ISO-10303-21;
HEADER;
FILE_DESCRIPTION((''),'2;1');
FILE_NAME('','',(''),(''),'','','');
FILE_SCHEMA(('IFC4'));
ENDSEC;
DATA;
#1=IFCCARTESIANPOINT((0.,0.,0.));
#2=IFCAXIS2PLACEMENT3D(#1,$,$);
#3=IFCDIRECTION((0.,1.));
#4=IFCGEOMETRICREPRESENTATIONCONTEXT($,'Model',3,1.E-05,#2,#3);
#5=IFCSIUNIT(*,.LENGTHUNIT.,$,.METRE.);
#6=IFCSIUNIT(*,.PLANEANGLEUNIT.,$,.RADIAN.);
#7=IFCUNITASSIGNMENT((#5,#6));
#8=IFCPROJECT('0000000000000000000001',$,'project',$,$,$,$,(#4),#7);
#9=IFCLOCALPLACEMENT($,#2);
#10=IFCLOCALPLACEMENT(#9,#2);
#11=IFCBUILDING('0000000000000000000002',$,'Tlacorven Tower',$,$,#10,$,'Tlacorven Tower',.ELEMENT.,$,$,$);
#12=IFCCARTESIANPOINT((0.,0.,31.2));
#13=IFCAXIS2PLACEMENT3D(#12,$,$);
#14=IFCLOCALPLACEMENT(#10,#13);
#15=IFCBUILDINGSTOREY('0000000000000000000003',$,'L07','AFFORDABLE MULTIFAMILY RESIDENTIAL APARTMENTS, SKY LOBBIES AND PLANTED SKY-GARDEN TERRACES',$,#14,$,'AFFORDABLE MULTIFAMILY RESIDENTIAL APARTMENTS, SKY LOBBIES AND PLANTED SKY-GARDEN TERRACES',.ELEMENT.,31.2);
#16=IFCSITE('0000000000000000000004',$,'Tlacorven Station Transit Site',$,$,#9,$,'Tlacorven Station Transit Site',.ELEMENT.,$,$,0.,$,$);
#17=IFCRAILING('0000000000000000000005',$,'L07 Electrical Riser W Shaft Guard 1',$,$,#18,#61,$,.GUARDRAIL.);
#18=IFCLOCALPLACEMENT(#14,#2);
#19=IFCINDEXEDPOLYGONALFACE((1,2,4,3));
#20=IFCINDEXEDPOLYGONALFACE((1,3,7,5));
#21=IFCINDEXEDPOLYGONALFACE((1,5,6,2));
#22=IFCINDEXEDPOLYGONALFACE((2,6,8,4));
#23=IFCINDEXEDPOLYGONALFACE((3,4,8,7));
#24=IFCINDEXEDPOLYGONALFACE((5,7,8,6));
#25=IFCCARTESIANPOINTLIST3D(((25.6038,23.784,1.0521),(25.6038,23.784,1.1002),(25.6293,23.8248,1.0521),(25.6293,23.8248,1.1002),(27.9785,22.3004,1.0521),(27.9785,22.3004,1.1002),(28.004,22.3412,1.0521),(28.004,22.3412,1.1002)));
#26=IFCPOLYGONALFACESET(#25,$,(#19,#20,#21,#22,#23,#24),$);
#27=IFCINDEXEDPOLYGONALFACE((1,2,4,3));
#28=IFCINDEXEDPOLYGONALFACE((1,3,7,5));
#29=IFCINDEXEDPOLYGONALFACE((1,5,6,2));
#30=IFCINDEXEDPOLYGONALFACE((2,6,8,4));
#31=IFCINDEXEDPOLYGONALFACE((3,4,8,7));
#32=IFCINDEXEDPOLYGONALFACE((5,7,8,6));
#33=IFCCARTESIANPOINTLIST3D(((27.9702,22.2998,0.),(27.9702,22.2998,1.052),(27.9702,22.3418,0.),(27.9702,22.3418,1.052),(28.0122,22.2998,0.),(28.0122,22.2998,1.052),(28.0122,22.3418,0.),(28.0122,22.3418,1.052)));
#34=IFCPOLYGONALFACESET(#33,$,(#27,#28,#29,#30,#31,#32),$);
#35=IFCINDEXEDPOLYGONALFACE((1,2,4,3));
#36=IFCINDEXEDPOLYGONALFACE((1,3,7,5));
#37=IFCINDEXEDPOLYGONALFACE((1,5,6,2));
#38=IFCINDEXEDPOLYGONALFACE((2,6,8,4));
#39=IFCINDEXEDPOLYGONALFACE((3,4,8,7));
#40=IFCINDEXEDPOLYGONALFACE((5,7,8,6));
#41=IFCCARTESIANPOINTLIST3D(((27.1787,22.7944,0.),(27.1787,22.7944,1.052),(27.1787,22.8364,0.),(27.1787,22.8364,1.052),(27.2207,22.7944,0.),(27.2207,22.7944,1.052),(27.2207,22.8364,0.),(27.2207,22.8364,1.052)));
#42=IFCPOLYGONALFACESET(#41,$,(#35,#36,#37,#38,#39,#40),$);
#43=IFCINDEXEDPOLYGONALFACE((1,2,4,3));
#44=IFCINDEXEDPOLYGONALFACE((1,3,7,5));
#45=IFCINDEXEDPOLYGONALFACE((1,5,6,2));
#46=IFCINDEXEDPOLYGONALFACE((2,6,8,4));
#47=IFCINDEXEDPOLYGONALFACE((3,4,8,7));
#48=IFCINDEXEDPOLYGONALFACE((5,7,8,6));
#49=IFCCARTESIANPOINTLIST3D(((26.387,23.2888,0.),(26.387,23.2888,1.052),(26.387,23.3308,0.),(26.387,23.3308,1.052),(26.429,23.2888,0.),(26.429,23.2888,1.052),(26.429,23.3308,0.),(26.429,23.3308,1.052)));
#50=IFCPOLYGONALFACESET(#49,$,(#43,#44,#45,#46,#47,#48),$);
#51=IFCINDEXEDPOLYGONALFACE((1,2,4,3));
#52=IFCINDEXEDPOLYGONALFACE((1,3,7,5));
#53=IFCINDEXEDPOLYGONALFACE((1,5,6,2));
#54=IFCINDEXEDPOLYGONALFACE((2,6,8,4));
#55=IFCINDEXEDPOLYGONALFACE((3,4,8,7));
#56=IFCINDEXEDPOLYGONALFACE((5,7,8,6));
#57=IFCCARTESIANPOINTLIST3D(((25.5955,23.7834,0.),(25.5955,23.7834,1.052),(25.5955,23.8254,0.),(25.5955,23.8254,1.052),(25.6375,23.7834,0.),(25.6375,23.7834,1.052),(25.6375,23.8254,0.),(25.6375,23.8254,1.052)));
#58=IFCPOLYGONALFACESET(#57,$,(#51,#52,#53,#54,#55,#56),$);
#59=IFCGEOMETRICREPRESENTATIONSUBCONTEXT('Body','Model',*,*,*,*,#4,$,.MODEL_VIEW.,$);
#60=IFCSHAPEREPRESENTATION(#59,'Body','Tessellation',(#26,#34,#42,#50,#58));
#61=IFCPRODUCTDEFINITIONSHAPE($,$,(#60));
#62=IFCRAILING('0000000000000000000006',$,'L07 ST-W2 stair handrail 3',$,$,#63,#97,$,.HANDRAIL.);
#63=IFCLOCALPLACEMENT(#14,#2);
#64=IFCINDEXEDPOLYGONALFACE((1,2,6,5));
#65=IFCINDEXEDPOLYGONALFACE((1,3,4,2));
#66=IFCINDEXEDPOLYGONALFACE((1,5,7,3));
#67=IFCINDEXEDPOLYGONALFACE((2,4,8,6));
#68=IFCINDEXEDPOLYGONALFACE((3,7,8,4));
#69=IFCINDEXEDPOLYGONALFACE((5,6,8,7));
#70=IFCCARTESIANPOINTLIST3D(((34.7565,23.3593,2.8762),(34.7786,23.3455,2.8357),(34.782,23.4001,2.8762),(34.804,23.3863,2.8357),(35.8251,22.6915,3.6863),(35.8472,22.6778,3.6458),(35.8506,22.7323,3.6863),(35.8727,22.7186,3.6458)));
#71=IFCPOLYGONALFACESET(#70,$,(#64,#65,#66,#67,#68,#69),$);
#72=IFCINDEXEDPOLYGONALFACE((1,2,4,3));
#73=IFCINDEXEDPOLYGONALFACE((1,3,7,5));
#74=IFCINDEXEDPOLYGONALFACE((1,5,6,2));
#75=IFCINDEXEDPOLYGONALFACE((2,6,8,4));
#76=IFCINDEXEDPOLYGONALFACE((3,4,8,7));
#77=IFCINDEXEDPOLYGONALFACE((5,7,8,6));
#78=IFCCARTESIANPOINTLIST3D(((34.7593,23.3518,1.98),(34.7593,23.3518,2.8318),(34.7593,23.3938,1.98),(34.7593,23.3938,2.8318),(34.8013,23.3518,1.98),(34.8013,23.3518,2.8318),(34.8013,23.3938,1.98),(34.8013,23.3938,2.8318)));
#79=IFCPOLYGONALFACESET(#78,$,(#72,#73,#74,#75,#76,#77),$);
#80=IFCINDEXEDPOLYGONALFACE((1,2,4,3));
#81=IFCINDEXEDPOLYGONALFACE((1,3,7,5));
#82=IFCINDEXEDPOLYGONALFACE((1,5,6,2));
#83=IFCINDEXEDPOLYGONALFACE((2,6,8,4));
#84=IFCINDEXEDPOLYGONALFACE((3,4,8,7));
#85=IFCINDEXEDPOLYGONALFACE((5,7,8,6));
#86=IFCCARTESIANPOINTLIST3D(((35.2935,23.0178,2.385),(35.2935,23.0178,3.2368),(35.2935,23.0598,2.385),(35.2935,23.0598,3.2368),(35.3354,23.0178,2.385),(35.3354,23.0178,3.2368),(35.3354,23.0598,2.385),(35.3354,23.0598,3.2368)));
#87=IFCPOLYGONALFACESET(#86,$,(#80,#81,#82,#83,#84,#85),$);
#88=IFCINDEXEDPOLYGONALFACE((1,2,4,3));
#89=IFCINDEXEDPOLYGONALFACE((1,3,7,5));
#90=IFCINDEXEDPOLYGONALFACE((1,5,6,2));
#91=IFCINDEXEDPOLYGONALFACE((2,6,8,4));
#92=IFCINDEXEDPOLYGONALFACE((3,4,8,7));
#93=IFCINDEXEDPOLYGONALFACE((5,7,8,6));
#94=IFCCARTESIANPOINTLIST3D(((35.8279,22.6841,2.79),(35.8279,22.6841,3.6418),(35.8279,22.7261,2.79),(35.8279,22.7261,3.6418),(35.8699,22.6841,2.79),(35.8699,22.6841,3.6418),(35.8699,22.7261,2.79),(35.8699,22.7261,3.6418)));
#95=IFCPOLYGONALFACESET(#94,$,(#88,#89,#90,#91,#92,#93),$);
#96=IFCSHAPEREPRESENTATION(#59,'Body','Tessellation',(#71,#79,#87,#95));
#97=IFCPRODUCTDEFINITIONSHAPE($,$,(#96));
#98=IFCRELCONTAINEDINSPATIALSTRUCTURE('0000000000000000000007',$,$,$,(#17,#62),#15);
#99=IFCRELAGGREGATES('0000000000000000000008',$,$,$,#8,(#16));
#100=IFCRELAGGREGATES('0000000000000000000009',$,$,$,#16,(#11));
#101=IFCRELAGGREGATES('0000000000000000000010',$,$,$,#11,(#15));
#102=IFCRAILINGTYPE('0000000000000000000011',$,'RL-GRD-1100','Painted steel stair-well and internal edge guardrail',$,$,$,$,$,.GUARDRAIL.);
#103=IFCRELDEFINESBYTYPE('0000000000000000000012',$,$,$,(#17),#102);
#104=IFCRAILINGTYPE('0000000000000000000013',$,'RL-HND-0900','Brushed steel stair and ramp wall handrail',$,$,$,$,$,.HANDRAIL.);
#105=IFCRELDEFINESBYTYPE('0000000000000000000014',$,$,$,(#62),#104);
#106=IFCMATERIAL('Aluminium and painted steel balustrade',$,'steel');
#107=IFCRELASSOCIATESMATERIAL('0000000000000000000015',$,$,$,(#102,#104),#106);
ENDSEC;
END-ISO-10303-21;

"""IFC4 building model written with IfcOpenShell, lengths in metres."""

from ifc_helpers import new_model, si_unit, direction, frame, origin, origin_2d, place, context, subcontext, project, spatial, rectangle, extrude, source, transform, mapped, material, type_object, element, save


model = new_model("IFC4")

# Units and contexts
model_context = context("Model", 3, precision=1e-05, world=origin(), true_north=direction((0.0, 1.0)))
body_context = subcontext(model_context, "Body", "Model", "MODEL_VIEW")
ifc_project = project(units=[si_unit("LENGTHUNIT", "METRE"), si_unit("PLANEANGLEUNIT", "RADIAN")], contexts=[model_context])

# Site, building, storey
site_placement = place(None, origin())
site = spatial("IfcSite", under=ifc_project, at=site_placement, Name="Tlacorven Station Transit Site", LongName="Tlacorven Station Transit Site", CompositionType="ELEMENT", RefElevation=0.0)
building_placement = place(site_placement, origin())
building = spatial("IfcBuilding", under=site, at=building_placement, Name="Tlacorven Tower", LongName="Tlacorven Tower", CompositionType="ELEMENT")
storey_placement = place(building_placement, frame((0.0, 0.0, 31.2)))
storey = spatial("IfcBuildingStorey", under=building, at=storey_placement, Name="L07", Description="AFFORDABLE MULTIFAMILY RESIDENTIAL APARTMENTS, SKY LOBBIES AND PLANTED SKY-GARDEN TERRACES", LongName="AFFORDABLE MULTIFAMILY RESIDENTIAL APARTMENTS, SKY LOBBIES AND PLANTED SKY-GARDEN TERRACES", CompositionType="ELEMENT", Elevation=31.2)

# Railings
ifc_material_1 = material(Name="Aluminium and painted steel balustrade", Category="steel")
railing_type_1 = type_object("IfcRailingType", Name="RL-GRD-1100", Description="Painted steel stair-well and internal edge guardrail", PredefinedType="GUARDRAIL", material=ifc_material_1)
shared_shape_1 = source(origin(), body_context, "Body", "SweptSolid", [
    extrude(rectangle(XDim=0.0481, YDim=0.0481, at=origin_2d()), frame((0.0, 0.0, 1.0762), z_axis=(-0.848091, 0.52985, 0.0), x_axis=(-0.52985, -0.848091, 0.0)), (0.0, 0.0, 1.0), 2.8),
    extrude(rectangle(XDim=0.042, YDim=0.042, at=origin_2d()), origin(), (0.0, 0.0, 1.0), 1.052),
    extrude(rectangle(XDim=0.042, YDim=0.042, at=origin_2d()), frame((-0.7915, 0.4946, 0.0)), (0.0, 0.0, 1.0), 1.052),
    extrude(rectangle(XDim=0.042, YDim=0.042, at=origin_2d()), frame((-1.5833, 0.989, 0.0)), (0.0, 0.0, 1.0), 1.052),
    extrude(rectangle(XDim=0.042, YDim=0.042, at=origin_2d()), frame((-2.3748, 1.4836, 0.0)), (0.0, 0.0, 1.0), 1.052),
])
railing_1_placement = place(storey_placement, frame((27.9912, 22.3208, 0.0)))
element("IfcRailing", 1, at=railing_1_placement, inside=storey, type_object=railing_type_1, Name="L07 Electrical Riser W Shaft Guard 1", PredefinedType="GUARDRAIL", context=body_context, shape_type="MappedRepresentation", body=[
    mapped(shared_shape_1, transform((0.0, 0.0, 0.0), scale=1.0)),
])
railing_type_2 = type_object("IfcRailingType", Name="RL-HND-0900", Description="Brushed steel stair and ramp wall handrail", PredefinedType="HANDRAIL", material=ifc_material_1)
shared_shape_2 = source(origin(), body_context, "Body", "SweptSolid", [
    extrude(rectangle(XDim=0.0481, YDim=0.0481, at=origin_2d()), frame((0.0, 0.0, 0.876), z_axis=(0.71336, -0.445748, 0.540765), x_axis=(0.529912, 0.848053, 0.0)), (0.0, 0.0, 1.0), 1.498),
    extrude(rectangle(XDim=0.042, YDim=0.042, at=origin_2d()), origin(), (0.0, 0.0, 1.0), 0.8518),
    extrude(rectangle(XDim=0.042, YDim=0.042, at=origin_2d()), frame((0.5342, -0.334, 0.405)), (0.0, 0.0, 1.0), 0.8518),
    extrude(rectangle(XDim=0.042, YDim=0.042, at=origin_2d()), frame((1.0686, -0.6677, 0.8101)), (0.0, 0.0, 1.0), 0.8518),
])
railing_2_placement = place(storey_placement, frame((34.7803, 23.3728, 1.98)))
element("IfcRailing", 2, at=railing_2_placement, inside=storey, type_object=railing_type_2, Name="L07 ST-W2 stair handrail 3", PredefinedType="HANDRAIL", context=body_context, shape_type="MappedRepresentation", body=[
    mapped(shared_shape_2, transform((0.0, 0.0, 0.0), scale=1.0)),
])

save(model, "model.ifc")
